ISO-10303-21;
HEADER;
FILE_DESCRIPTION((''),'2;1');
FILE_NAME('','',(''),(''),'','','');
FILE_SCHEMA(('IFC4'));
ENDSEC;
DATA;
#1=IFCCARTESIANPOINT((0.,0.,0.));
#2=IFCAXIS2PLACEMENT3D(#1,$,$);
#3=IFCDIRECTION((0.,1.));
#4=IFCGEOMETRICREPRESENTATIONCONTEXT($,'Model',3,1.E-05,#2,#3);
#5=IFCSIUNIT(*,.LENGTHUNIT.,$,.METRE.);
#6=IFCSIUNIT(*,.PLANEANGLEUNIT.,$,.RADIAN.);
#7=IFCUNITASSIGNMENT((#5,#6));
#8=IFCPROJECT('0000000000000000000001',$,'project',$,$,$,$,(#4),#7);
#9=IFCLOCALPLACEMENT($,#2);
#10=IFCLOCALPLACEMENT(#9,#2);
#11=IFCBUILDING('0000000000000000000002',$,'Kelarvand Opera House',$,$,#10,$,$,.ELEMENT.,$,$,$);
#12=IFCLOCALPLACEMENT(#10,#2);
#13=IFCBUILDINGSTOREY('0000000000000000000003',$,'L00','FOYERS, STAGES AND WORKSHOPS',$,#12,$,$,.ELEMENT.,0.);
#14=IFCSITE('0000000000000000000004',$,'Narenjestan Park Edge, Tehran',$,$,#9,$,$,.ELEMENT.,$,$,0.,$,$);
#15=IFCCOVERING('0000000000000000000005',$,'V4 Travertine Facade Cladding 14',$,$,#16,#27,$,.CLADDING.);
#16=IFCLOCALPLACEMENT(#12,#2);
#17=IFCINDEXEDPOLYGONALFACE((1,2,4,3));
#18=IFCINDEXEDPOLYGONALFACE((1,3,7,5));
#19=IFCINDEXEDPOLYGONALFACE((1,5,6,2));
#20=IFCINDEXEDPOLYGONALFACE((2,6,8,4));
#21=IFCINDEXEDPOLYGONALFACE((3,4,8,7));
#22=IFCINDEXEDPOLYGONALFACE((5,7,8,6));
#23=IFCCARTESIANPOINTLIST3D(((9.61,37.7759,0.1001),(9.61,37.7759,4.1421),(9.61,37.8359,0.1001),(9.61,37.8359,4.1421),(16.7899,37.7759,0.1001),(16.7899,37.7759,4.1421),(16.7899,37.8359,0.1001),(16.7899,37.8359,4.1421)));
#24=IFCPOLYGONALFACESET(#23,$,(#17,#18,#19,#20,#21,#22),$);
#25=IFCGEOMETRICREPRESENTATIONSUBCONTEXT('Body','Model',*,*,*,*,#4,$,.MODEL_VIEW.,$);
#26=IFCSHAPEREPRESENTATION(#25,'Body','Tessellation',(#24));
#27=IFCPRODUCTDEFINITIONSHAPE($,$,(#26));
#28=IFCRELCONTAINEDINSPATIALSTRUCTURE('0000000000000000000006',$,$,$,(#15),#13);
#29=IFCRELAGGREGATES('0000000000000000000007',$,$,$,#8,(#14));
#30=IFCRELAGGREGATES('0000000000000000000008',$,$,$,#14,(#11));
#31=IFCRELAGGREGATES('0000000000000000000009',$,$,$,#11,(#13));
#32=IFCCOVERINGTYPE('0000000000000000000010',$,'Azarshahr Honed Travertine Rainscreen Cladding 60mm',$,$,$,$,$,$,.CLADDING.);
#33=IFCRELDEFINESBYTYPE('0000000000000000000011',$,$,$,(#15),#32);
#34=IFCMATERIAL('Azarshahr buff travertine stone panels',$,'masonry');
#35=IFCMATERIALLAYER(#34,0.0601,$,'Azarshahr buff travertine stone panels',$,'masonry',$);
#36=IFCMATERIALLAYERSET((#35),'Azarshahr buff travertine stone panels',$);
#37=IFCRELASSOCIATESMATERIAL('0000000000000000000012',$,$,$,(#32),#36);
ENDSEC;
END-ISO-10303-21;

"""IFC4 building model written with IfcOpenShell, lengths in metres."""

from ifc_helpers import new_model, si_unit, direction, frame, origin, origin_2d, place, context, subcontext, project, spatial, rectangle, extrude, material, layer, layer_set, type_object, element, save


model = new_model("IFC4")

# Units and contexts
model_context = context("Model", 3, precision=1e-05, world=origin(), true_north=direction((0.0, 1.0)))
body_context = subcontext(model_context, "Body", "Model", "MODEL_VIEW")
ifc_project = project(units=[si_unit("LENGTHUNIT", "METRE"), si_unit("PLANEANGLEUNIT", "RADIAN")], contexts=[model_context])

# Site, building, storey
site_placement = place(None, origin())
site = spatial("IfcSite", under=ifc_project, at=site_placement, Name="Narenjestan Park Edge, Tehran", CompositionType="ELEMENT", RefElevation=0.0)
building_placement = place(site_placement, origin())
building = spatial("IfcBuilding", under=site, at=building_placement, Name="Kelarvand Opera House", CompositionType="ELEMENT")
storey_placement = place(building_placement, origin())
storey = spatial("IfcBuildingStorey", under=building, at=storey_placement, Name="L00", Description="FOYERS, STAGES AND WORKSHOPS", CompositionType="ELEMENT", Elevation=0.0)

# Covering
ifc_material_1 = material(Name="Azarshahr buff travertine stone panels", Category="masonry")
ifc_layer_1 = layer(ifc_material_1, 0.0601, Name="Azarshahr buff travertine stone panels", Category="masonry")
ifc_layer_set_1 = layer_set([ifc_layer_1], Name="Azarshahr buff travertine stone panels")
covering_type = type_object("IfcCoveringType", Name="Azarshahr Honed Travertine Rainscreen Cladding 60mm", PredefinedType="CLADDING", material=ifc_layer_set_1)
covering_placement = place(storey_placement, frame((13.2, 37.8059, 0.1001), z_axis=(0.0, 0.0, 1.0), x_axis=(1.0, 0.0, 0.0)))
element("IfcCovering", 1, at=covering_placement, inside=storey, type_object=covering_type, Name="V4 Travertine Facade Cladding 14", PredefinedType="CLADDING", context=body_context, shape_type="SweptSolid", body=[
    extrude(rectangle(XDim=7.1799, YDim=0.0601, at=origin_2d()), origin(), (0.0, 0.0, 1.0), 4.042),
])

save(model, "model.ifc")
